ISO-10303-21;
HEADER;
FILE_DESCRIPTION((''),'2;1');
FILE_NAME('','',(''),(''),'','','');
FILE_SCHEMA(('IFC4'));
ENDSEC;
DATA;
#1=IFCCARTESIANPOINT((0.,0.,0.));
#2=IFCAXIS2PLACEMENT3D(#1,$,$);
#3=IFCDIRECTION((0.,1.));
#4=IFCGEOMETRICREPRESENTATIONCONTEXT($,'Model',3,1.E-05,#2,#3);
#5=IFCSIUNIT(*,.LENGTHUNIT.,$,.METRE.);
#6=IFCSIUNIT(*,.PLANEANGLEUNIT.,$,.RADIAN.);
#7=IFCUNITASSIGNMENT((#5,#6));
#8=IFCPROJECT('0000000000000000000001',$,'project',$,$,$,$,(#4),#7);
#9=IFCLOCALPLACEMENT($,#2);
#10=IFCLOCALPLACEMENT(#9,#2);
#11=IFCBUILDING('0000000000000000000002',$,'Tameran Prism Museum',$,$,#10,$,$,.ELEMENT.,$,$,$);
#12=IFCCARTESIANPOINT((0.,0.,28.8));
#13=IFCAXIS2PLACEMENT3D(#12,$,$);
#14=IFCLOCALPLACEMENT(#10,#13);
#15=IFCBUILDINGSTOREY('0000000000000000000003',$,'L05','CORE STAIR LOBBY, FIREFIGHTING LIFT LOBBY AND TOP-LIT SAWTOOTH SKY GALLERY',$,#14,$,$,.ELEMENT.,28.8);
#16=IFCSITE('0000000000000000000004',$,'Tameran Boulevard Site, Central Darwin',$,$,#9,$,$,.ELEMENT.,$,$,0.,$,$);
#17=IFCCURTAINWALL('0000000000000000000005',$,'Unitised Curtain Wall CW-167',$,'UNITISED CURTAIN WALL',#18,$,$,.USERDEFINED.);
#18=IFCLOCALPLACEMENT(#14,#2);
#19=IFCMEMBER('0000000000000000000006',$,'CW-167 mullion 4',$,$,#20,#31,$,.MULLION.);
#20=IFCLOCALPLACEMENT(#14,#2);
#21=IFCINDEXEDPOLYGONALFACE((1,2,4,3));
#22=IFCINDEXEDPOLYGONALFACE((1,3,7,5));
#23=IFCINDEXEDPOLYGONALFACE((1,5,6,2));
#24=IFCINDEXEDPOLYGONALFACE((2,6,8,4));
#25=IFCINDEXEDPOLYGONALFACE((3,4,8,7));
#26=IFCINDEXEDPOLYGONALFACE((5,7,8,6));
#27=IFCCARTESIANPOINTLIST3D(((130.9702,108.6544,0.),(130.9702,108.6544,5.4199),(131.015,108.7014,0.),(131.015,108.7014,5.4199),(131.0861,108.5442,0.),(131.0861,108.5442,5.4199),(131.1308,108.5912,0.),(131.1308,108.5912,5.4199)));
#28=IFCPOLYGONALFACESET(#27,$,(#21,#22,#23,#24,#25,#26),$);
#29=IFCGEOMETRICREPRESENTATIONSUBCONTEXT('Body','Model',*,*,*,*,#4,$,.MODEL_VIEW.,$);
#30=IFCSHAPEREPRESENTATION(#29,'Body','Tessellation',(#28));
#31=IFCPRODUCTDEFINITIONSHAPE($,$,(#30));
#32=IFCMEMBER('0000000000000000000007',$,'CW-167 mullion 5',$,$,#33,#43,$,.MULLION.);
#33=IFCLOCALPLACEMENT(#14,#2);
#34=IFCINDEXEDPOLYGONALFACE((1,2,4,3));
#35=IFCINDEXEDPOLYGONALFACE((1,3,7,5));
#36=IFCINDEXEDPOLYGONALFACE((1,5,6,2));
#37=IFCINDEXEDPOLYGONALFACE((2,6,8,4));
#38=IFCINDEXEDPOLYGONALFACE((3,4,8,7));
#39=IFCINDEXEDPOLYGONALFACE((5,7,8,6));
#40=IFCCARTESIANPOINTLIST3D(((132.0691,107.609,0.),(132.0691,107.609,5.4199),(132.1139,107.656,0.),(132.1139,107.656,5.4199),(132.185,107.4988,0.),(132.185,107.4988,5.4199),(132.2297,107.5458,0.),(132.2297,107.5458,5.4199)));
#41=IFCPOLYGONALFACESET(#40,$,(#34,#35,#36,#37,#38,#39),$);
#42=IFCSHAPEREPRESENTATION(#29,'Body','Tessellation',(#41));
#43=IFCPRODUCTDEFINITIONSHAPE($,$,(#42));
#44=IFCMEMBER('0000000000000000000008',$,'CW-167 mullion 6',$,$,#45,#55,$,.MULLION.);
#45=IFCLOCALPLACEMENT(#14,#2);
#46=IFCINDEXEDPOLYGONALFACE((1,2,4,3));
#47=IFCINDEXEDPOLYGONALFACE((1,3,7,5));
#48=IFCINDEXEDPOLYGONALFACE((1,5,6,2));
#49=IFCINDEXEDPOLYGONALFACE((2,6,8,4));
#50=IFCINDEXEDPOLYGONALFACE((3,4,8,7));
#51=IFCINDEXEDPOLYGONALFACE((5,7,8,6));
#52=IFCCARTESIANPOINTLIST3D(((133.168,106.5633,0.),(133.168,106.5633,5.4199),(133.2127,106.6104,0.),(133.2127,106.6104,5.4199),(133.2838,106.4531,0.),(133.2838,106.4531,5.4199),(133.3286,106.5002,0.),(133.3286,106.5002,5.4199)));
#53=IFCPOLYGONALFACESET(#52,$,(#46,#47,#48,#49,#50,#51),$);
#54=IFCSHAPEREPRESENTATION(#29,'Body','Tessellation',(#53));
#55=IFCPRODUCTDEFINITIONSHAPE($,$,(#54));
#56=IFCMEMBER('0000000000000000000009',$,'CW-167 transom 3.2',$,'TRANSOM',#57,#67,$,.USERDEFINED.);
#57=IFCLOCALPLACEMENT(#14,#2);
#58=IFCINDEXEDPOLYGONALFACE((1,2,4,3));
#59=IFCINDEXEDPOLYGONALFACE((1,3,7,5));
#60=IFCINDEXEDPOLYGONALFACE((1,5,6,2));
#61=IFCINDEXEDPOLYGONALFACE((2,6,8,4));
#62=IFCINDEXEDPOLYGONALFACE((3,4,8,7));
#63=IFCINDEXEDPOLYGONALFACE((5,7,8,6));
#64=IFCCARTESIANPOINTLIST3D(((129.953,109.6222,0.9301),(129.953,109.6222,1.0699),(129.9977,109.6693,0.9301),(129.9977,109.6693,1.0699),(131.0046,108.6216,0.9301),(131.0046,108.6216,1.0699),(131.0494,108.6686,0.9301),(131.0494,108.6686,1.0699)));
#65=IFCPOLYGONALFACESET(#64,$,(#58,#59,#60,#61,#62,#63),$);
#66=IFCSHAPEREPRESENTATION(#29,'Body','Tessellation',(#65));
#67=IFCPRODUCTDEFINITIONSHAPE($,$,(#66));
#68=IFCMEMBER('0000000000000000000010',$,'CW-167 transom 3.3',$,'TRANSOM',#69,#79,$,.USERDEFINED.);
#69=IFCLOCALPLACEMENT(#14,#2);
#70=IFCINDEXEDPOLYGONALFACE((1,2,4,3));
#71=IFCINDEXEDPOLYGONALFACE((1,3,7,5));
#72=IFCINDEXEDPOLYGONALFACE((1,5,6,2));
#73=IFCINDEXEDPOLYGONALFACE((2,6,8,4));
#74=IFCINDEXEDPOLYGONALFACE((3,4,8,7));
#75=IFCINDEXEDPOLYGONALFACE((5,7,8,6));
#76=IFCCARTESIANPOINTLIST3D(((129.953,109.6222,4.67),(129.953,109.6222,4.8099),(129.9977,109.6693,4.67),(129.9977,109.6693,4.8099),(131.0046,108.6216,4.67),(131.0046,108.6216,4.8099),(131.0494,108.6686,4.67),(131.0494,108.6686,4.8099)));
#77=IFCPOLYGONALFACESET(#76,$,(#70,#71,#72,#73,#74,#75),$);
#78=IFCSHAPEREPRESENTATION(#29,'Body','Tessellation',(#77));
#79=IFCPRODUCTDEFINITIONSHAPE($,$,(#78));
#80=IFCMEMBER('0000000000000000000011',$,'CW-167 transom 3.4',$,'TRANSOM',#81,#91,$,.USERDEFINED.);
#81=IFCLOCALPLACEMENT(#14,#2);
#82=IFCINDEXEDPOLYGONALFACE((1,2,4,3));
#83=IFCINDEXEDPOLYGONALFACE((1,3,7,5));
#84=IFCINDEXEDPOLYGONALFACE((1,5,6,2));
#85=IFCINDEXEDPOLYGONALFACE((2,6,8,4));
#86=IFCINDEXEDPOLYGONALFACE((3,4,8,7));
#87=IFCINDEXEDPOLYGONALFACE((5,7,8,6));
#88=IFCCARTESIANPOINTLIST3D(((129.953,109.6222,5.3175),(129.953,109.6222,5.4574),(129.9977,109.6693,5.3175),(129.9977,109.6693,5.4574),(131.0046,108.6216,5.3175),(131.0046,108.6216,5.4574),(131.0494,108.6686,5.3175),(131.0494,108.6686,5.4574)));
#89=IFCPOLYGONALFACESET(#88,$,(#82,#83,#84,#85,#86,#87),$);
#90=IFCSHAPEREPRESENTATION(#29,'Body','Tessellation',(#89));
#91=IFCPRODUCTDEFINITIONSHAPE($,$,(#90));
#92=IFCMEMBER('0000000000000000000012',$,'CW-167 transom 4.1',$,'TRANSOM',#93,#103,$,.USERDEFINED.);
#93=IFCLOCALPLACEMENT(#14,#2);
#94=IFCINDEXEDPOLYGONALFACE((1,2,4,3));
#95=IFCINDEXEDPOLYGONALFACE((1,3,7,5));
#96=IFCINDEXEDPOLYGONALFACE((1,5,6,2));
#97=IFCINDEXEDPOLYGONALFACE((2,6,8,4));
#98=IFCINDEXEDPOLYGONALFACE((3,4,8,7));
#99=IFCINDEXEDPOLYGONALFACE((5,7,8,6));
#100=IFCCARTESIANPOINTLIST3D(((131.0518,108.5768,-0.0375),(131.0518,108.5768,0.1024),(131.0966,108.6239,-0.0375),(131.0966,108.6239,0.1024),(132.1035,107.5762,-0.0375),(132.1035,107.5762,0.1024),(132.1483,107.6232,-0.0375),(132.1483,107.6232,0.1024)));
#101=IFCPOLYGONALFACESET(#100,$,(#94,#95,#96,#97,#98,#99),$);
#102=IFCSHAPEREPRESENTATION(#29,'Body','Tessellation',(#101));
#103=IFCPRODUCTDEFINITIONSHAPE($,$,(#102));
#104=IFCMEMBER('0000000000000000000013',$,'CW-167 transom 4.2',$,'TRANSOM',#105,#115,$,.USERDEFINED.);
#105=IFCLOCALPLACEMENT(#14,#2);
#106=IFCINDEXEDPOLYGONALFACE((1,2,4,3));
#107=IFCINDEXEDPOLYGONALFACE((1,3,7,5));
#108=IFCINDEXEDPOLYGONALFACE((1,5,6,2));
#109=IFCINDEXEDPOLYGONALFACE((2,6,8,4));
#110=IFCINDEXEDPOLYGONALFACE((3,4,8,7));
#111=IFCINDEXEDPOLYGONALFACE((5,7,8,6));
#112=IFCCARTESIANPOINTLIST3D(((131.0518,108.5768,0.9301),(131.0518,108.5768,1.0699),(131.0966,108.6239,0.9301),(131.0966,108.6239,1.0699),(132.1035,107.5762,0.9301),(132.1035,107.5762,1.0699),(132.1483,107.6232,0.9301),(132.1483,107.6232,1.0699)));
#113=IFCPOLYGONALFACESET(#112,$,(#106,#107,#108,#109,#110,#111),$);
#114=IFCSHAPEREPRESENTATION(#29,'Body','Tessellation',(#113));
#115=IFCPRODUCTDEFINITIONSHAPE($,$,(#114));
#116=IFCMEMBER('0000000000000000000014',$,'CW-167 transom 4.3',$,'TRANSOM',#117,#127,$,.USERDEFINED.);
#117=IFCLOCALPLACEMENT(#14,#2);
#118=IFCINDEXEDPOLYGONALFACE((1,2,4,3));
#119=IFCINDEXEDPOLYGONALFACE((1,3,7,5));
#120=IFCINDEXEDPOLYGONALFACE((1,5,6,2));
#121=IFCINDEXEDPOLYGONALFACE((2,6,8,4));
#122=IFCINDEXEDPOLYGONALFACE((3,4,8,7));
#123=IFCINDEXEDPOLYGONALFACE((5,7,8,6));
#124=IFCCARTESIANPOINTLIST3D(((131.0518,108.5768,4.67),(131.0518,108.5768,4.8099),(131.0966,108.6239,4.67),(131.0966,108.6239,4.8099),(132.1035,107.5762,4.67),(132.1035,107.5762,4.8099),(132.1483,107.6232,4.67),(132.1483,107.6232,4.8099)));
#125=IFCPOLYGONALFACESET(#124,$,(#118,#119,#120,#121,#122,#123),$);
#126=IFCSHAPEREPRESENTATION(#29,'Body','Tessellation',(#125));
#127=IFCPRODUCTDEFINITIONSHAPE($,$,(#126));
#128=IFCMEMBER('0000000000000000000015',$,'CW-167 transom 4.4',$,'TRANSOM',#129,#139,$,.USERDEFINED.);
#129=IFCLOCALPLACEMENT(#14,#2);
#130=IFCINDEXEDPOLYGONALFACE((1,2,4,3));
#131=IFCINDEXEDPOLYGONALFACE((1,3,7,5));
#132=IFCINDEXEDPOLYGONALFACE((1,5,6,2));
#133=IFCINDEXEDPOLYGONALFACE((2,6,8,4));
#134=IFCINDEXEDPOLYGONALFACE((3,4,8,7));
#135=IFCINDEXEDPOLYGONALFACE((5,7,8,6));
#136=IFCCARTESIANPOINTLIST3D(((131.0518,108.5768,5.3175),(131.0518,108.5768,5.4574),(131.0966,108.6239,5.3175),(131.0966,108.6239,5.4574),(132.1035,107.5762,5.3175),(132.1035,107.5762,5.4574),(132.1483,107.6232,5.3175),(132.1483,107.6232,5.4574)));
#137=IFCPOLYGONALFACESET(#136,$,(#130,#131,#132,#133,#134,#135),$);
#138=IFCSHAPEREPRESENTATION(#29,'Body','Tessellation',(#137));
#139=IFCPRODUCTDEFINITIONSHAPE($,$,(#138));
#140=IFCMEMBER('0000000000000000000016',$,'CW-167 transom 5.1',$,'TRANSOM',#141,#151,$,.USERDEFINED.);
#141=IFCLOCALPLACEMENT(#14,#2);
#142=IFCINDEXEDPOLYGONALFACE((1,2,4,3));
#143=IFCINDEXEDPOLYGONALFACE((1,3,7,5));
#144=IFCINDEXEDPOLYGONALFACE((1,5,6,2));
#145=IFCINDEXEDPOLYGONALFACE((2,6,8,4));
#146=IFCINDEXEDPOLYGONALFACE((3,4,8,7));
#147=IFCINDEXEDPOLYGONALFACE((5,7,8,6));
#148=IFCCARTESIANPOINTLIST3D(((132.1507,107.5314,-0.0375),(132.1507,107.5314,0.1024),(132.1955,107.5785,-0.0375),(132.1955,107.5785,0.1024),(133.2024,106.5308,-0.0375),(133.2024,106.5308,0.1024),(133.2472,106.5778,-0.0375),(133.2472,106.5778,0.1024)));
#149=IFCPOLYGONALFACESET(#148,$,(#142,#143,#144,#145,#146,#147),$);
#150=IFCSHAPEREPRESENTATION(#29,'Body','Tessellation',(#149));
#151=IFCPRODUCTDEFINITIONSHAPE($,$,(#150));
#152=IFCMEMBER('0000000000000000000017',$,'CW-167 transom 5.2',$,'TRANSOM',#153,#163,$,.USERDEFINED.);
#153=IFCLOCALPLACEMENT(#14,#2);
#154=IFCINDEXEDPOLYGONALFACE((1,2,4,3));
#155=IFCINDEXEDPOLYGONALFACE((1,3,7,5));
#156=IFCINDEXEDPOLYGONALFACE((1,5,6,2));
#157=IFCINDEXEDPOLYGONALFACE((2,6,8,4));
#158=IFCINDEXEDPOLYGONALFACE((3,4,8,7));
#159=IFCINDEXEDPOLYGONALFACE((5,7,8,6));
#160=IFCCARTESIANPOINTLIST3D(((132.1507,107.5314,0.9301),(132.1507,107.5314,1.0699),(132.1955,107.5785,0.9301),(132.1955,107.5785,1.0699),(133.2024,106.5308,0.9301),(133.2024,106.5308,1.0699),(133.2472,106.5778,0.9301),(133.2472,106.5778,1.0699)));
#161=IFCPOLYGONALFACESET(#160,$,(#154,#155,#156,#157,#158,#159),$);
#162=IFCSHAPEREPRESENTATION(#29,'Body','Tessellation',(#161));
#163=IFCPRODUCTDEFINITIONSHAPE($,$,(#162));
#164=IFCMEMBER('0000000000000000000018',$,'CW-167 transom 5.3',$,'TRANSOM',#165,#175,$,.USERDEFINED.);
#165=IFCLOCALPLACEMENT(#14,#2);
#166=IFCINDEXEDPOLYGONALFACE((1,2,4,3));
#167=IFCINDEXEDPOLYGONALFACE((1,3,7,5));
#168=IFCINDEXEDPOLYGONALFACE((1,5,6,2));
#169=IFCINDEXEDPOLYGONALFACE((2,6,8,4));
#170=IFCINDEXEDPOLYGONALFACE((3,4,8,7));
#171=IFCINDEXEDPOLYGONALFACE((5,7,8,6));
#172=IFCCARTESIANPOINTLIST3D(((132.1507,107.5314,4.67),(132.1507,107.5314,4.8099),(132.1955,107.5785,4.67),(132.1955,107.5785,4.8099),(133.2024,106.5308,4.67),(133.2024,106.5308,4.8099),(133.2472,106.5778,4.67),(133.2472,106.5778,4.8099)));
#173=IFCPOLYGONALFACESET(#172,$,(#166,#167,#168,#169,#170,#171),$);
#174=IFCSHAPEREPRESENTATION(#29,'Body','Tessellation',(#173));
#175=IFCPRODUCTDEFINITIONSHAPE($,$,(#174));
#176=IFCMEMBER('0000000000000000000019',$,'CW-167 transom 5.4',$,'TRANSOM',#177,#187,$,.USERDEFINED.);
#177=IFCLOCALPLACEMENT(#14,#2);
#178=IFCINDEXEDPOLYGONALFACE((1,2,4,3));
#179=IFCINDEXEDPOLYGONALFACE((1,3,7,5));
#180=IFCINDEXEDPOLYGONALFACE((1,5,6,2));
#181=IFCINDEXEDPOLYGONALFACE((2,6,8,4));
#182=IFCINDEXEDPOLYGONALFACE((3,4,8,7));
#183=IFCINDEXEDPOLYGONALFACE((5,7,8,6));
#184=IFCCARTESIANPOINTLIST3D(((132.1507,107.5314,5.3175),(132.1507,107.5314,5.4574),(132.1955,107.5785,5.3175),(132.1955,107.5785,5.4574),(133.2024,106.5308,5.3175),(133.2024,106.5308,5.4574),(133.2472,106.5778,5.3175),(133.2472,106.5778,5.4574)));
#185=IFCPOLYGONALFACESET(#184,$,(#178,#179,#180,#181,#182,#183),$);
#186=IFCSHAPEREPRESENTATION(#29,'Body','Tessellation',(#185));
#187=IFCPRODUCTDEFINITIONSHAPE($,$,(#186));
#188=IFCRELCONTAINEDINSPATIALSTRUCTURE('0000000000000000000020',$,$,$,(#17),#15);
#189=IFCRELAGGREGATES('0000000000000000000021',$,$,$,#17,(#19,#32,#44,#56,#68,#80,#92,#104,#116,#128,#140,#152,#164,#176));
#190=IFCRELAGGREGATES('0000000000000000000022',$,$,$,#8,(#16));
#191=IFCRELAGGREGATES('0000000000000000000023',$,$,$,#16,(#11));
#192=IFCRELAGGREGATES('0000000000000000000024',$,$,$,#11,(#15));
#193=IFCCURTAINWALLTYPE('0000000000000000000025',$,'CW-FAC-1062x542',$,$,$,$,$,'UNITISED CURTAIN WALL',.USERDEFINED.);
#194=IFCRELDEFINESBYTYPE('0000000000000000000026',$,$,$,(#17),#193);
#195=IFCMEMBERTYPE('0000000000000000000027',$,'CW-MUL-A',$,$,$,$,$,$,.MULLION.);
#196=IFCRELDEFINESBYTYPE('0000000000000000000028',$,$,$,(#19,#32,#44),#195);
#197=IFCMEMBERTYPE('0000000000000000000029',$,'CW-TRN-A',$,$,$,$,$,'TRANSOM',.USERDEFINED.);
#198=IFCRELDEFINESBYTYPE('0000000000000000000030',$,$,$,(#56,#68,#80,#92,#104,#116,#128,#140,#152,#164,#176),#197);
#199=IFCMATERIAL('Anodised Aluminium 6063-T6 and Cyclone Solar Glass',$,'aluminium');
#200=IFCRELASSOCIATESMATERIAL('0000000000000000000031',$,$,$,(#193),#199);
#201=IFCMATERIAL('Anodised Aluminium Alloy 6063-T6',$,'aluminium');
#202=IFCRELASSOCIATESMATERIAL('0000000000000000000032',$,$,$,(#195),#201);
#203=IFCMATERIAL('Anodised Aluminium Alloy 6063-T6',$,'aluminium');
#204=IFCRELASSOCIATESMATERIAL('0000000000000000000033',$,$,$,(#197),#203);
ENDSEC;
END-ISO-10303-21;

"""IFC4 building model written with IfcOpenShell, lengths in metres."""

from ifc_helpers import new_model, si_unit, direction, frame, origin, origin_2d, place, context, subcontext, project, spatial, rectangle, extrude, material, material_profile, profile_set, type_object, element, aggregate, save


model = new_model("IFC4")

# Units and contexts
model_context = context("Model", 3, precision=1e-05, world=origin(), true_north=direction((0.0, 1.0)))
body_context = subcontext(model_context, "Body", "Model", "MODEL_VIEW")
ifc_project = project(units=[si_unit("LENGTHUNIT", "METRE"), si_unit("PLANEANGLEUNIT", "RADIAN")], contexts=[model_context])

# Site, building, storey
site_placement = place(None, origin())
site = spatial("IfcSite", under=ifc_project, at=site_placement, Name="Tameran Boulevard Site, Central Darwin", CompositionType="ELEMENT", RefElevation=0.0)
building_placement = place(site_placement, origin())
building = spatial("IfcBuilding", under=site, at=building_placement, Name="Tameran Prism Museum", CompositionType="ELEMENT")
storey_placement = place(building_placement, frame((0.0, 0.0, 28.8)))
storey = spatial("IfcBuildingStorey", under=building, at=storey_placement, Name="L05", Description="CORE STAIR LOBBY, FIREFIGHTING LIFT LOBBY AND TOP-LIT SAWTOOTH SKY GALLERY", CompositionType="ELEMENT", Elevation=28.8)

# Curtain wall, members
ifc_material_1 = material(Name="Anodised Aluminium 6063-T6 and Cyclone Solar Glass", Category="aluminium")
curtain_wall_type = type_object("IfcCurtainWallType", Name="CW-FAC-1062x542", ElementType="UNITISED CURTAIN WALL", PredefinedType="USERDEFINED", material=ifc_material_1)
curtain_wall_placement = place(storey_placement, origin())
curtain_wall = element("IfcCurtainWall", 1, at=curtain_wall_placement, inside=storey, type_object=curtain_wall_type, Name="Unitised Curtain Wall CW-167", ObjectType="UNITISED CURTAIN WALL", PredefinedType="USERDEFINED")
ifc_material_2 = material(Name="Anodised Aluminium Alloy 6063-T6", Category="aluminium")
ifc_material_profile_1 = material_profile(ifc_material_2, rectangle(XDim=0.0649, YDim=0.1599, at=origin_2d()))
ifc_profile_set_1 = profile_set([ifc_material_profile_1])
member_type_1 = type_object("IfcMemberType", Name="CW-MUL-A", PredefinedType="MULLION", material=ifc_profile_set_1)
member_1_placement = place(storey_placement, frame((131.0505, 108.6228, 0.0), z_axis=(0.0, 0.0, 1.0), x_axis=(0.689274, 0.724501, 0.0)))
member_1 = element("IfcMember", 2, at=member_1_placement, type_object=member_type_1, Name="CW-167 mullion 4", PredefinedType="MULLION", context=body_context, shape_type="SweptSolid", body=[
    extrude(rectangle(XDim=0.0649, YDim=0.1599, at=origin_2d()), origin(), (0.0, 0.0, 1.0), 5.4199),
])
member_2_placement = place(storey_placement, frame((132.1494, 107.5774, 0.0), z_axis=(0.0, 0.0, 1.0), x_axis=(0.689274, 0.724501, 0.0)))
member_2 = element("IfcMember", 3, at=member_2_placement, type_object=member_type_1, Name="CW-167 mullion 5", PredefinedType="MULLION", context=body_context, shape_type="SweptSolid", body=[
    extrude(rectangle(XDim=0.0649, YDim=0.1599, at=origin_2d()), origin(), (0.0, 0.0, 1.0), 5.4199),
])
member_3_placement = place(storey_placement, frame((133.2483, 106.5317, 0.0), z_axis=(0.0, 0.0, 1.0), x_axis=(0.689274, 0.724501, 0.0)))
member_3 = element("IfcMember", 4, at=member_3_placement, type_object=member_type_1, Name="CW-167 mullion 6", PredefinedType="MULLION", context=body_context, shape_type="SweptSolid", body=[
    extrude(rectangle(XDim=0.0649, YDim=0.1599, at=origin_2d()), origin(), (0.0, 0.0, 1.0), 5.4199),
])
ifc_material_3 = material(Name="Anodised Aluminium Alloy 6063-T6", Category="aluminium")
ifc_material_profile_2 = material_profile(ifc_material_3, rectangle(XDim=0.0649, YDim=0.1399, at=origin_2d()))
ifc_profile_set_2 = profile_set([ifc_material_profile_2])
member_type_2 = type_object("IfcMemberType", Name="CW-TRN-A", ElementType="TRANSOM", PredefinedType="USERDEFINED", material=ifc_profile_set_2)
member_4_placement = place(storey_placement, frame((129.9753, 109.6458, 1.0), z_axis=(0.724462, -0.689315, 0.0), x_axis=(0.689315, 0.724462, 0.0)))
member_4 = element("IfcMember", 5, at=member_4_placement, type_object=member_type_2, Name="CW-167 transom 3.2", ObjectType="TRANSOM", PredefinedType="USERDEFINED", context=body_context, shape_type="SweptSolid", body=[
    extrude(rectangle(XDim=0.0649, YDim=0.1399, at=origin_2d()), origin(), (0.0, 0.0, 1.0), 1.4517),
])
member_5_placement = place(storey_placement, frame((129.9753, 109.6458, 4.74), z_axis=(0.724462, -0.689315, 0.0), x_axis=(0.689315, 0.724462, 0.0)))
member_5 = element("IfcMember", 6, at=member_5_placement, type_object=member_type_2, Name="CW-167 transom 3.3", ObjectType="TRANSOM", PredefinedType="USERDEFINED", context=body_context, shape_type="SweptSolid", body=[
    extrude(rectangle(XDim=0.0649, YDim=0.1399, at=origin_2d()), origin(), (0.0, 0.0, 1.0), 1.4517),
])
member_6_placement = place(storey_placement, frame((129.9753, 109.6458, 5.3875), z_axis=(0.724462, -0.689315, 0.0), x_axis=(0.689315, 0.724462, 0.0)))
member_6 = element("IfcMember", 7, at=member_6_placement, type_object=member_type_2, Name="CW-167 transom 3.4", ObjectType="TRANSOM", PredefinedType="USERDEFINED", context=body_context, shape_type="SweptSolid", body=[
    extrude(rectangle(XDim=0.0649, YDim=0.1399, at=origin_2d()), origin(), (0.0, 0.0, 1.0), 1.4517),
])
member_7_placement = place(storey_placement, frame((131.0742, 108.6003, 0.0325), z_axis=(0.724462, -0.689315, 0.0), x_axis=(0.689315, 0.724462, 0.0)))
member_7 = element("IfcMember", 8, at=member_7_placement, type_object=member_type_2, Name="CW-167 transom 4.1", ObjectType="TRANSOM", PredefinedType="USERDEFINED", context=body_context, shape_type="SweptSolid", body=[
    extrude(rectangle(XDim=0.0649, YDim=0.1399, at=origin_2d()), origin(), (0.0, 0.0, 1.0), 1.4517),
])
member_8_placement = place(storey_placement, frame((131.0742, 108.6003, 1.0), z_axis=(0.724462, -0.689315, 0.0), x_axis=(0.689315, 0.724462, 0.0)))
member_8 = element("IfcMember", 9, at=member_8_placement, type_object=member_type_2, Name="CW-167 transom 4.2", ObjectType="TRANSOM", PredefinedType="USERDEFINED", context=body_context, shape_type="SweptSolid", body=[
    extrude(rectangle(XDim=0.0649, YDim=0.1399, at=origin_2d()), origin(), (0.0, 0.0, 1.0), 1.4517),
])
member_9_placement = place(storey_placement, frame((131.0742, 108.6003, 4.74), z_axis=(0.724462, -0.689315, 0.0), x_axis=(0.689315, 0.724462, 0.0)))
member_9 = element("IfcMember", 10, at=member_9_placement, type_object=member_type_2, Name="CW-167 transom 4.3", ObjectType="TRANSOM", PredefinedType="USERDEFINED", context=body_context, shape_type="SweptSolid", body=[
    extrude(rectangle(XDim=0.0649, YDim=0.1399, at=origin_2d()), origin(), (0.0, 0.0, 1.0), 1.4517),
])
member_10_placement = place(storey_placement, frame((131.0742, 108.6003, 5.3875), z_axis=(0.724462, -0.689315, 0.0), x_axis=(0.689315, 0.724462, 0.0)))
member_10 = element("IfcMember", 11, at=member_10_placement, type_object=member_type_2, Name="CW-167 transom 4.4", ObjectType="TRANSOM", PredefinedType="USERDEFINED", context=body_context, shape_type="SweptSolid", body=[
    extrude(rectangle(XDim=0.0649, YDim=0.1399, at=origin_2d()), origin(), (0.0, 0.0, 1.0), 1.4517),
])
member_11_placement = place(storey_placement, frame((132.1731, 107.5549, 0.0325), z_axis=(0.724462, -0.689315, 0.0), x_axis=(0.689315, 0.724462, 0.0)))
member_11 = element("IfcMember", 12, at=member_11_placement, type_object=member_type_2, Name="CW-167 transom 5.1", ObjectType="TRANSOM", PredefinedType="USERDEFINED", context=body_context, shape_type="SweptSolid", body=[
    extrude(rectangle(XDim=0.0649, YDim=0.1399, at=origin_2d()), origin(), (0.0, 0.0, 1.0), 1.4517),
])
member_12_placement = place(storey_placement, frame((132.1731, 107.5549, 1.0), z_axis=(0.724462, -0.689315, 0.0), x_axis=(0.689315, 0.724462, 0.0)))
member_12 = element("IfcMember", 13, at=member_12_placement, type_object=member_type_2, Name="CW-167 transom 5.2", ObjectType="TRANSOM", PredefinedType="USERDEFINED", context=body_context, shape_type="SweptSolid", body=[
    extrude(rectangle(XDim=0.0649, YDim=0.1399, at=origin_2d()), origin(), (0.0, 0.0, 1.0), 1.4517),
])
member_13_placement = place(storey_placement, frame((132.1731, 107.5549, 4.74), z_axis=(0.724462, -0.689315, 0.0), x_axis=(0.689315, 0.724462, 0.0)))
member_13 = element("IfcMember", 14, at=member_13_placement, type_object=member_type_2, Name="CW-167 transom 5.3", ObjectType="TRANSOM", PredefinedType="USERDEFINED", context=body_context, shape_type="SweptSolid", body=[
    extrude(rectangle(XDim=0.0649, YDim=0.1399, at=origin_2d()), origin(), (0.0, 0.0, 1.0), 1.4517),
])
member_14_placement = place(storey_placement, frame((132.1731, 107.5549, 5.3875), z_axis=(0.724462, -0.689315, 0.0), x_axis=(0.689315, 0.724462, 0.0)))
member_14 = element("IfcMember", 15, at=member_14_placement, type_object=member_type_2, Name="CW-167 transom 5.4", ObjectType="TRANSOM", PredefinedType="USERDEFINED", context=body_context, shape_type="SweptSolid", body=[
    extrude(rectangle(XDim=0.0649, YDim=0.1399, at=origin_2d()), origin(), (0.0, 0.0, 1.0), 1.4517),
])
aggregate(curtain_wall, [member_1, member_2, member_3, member_4, member_5, member_6, member_7, member_8, member_9, member_10, member_11, member_12, member_13, member_14])

save(model, "model.ifc")
